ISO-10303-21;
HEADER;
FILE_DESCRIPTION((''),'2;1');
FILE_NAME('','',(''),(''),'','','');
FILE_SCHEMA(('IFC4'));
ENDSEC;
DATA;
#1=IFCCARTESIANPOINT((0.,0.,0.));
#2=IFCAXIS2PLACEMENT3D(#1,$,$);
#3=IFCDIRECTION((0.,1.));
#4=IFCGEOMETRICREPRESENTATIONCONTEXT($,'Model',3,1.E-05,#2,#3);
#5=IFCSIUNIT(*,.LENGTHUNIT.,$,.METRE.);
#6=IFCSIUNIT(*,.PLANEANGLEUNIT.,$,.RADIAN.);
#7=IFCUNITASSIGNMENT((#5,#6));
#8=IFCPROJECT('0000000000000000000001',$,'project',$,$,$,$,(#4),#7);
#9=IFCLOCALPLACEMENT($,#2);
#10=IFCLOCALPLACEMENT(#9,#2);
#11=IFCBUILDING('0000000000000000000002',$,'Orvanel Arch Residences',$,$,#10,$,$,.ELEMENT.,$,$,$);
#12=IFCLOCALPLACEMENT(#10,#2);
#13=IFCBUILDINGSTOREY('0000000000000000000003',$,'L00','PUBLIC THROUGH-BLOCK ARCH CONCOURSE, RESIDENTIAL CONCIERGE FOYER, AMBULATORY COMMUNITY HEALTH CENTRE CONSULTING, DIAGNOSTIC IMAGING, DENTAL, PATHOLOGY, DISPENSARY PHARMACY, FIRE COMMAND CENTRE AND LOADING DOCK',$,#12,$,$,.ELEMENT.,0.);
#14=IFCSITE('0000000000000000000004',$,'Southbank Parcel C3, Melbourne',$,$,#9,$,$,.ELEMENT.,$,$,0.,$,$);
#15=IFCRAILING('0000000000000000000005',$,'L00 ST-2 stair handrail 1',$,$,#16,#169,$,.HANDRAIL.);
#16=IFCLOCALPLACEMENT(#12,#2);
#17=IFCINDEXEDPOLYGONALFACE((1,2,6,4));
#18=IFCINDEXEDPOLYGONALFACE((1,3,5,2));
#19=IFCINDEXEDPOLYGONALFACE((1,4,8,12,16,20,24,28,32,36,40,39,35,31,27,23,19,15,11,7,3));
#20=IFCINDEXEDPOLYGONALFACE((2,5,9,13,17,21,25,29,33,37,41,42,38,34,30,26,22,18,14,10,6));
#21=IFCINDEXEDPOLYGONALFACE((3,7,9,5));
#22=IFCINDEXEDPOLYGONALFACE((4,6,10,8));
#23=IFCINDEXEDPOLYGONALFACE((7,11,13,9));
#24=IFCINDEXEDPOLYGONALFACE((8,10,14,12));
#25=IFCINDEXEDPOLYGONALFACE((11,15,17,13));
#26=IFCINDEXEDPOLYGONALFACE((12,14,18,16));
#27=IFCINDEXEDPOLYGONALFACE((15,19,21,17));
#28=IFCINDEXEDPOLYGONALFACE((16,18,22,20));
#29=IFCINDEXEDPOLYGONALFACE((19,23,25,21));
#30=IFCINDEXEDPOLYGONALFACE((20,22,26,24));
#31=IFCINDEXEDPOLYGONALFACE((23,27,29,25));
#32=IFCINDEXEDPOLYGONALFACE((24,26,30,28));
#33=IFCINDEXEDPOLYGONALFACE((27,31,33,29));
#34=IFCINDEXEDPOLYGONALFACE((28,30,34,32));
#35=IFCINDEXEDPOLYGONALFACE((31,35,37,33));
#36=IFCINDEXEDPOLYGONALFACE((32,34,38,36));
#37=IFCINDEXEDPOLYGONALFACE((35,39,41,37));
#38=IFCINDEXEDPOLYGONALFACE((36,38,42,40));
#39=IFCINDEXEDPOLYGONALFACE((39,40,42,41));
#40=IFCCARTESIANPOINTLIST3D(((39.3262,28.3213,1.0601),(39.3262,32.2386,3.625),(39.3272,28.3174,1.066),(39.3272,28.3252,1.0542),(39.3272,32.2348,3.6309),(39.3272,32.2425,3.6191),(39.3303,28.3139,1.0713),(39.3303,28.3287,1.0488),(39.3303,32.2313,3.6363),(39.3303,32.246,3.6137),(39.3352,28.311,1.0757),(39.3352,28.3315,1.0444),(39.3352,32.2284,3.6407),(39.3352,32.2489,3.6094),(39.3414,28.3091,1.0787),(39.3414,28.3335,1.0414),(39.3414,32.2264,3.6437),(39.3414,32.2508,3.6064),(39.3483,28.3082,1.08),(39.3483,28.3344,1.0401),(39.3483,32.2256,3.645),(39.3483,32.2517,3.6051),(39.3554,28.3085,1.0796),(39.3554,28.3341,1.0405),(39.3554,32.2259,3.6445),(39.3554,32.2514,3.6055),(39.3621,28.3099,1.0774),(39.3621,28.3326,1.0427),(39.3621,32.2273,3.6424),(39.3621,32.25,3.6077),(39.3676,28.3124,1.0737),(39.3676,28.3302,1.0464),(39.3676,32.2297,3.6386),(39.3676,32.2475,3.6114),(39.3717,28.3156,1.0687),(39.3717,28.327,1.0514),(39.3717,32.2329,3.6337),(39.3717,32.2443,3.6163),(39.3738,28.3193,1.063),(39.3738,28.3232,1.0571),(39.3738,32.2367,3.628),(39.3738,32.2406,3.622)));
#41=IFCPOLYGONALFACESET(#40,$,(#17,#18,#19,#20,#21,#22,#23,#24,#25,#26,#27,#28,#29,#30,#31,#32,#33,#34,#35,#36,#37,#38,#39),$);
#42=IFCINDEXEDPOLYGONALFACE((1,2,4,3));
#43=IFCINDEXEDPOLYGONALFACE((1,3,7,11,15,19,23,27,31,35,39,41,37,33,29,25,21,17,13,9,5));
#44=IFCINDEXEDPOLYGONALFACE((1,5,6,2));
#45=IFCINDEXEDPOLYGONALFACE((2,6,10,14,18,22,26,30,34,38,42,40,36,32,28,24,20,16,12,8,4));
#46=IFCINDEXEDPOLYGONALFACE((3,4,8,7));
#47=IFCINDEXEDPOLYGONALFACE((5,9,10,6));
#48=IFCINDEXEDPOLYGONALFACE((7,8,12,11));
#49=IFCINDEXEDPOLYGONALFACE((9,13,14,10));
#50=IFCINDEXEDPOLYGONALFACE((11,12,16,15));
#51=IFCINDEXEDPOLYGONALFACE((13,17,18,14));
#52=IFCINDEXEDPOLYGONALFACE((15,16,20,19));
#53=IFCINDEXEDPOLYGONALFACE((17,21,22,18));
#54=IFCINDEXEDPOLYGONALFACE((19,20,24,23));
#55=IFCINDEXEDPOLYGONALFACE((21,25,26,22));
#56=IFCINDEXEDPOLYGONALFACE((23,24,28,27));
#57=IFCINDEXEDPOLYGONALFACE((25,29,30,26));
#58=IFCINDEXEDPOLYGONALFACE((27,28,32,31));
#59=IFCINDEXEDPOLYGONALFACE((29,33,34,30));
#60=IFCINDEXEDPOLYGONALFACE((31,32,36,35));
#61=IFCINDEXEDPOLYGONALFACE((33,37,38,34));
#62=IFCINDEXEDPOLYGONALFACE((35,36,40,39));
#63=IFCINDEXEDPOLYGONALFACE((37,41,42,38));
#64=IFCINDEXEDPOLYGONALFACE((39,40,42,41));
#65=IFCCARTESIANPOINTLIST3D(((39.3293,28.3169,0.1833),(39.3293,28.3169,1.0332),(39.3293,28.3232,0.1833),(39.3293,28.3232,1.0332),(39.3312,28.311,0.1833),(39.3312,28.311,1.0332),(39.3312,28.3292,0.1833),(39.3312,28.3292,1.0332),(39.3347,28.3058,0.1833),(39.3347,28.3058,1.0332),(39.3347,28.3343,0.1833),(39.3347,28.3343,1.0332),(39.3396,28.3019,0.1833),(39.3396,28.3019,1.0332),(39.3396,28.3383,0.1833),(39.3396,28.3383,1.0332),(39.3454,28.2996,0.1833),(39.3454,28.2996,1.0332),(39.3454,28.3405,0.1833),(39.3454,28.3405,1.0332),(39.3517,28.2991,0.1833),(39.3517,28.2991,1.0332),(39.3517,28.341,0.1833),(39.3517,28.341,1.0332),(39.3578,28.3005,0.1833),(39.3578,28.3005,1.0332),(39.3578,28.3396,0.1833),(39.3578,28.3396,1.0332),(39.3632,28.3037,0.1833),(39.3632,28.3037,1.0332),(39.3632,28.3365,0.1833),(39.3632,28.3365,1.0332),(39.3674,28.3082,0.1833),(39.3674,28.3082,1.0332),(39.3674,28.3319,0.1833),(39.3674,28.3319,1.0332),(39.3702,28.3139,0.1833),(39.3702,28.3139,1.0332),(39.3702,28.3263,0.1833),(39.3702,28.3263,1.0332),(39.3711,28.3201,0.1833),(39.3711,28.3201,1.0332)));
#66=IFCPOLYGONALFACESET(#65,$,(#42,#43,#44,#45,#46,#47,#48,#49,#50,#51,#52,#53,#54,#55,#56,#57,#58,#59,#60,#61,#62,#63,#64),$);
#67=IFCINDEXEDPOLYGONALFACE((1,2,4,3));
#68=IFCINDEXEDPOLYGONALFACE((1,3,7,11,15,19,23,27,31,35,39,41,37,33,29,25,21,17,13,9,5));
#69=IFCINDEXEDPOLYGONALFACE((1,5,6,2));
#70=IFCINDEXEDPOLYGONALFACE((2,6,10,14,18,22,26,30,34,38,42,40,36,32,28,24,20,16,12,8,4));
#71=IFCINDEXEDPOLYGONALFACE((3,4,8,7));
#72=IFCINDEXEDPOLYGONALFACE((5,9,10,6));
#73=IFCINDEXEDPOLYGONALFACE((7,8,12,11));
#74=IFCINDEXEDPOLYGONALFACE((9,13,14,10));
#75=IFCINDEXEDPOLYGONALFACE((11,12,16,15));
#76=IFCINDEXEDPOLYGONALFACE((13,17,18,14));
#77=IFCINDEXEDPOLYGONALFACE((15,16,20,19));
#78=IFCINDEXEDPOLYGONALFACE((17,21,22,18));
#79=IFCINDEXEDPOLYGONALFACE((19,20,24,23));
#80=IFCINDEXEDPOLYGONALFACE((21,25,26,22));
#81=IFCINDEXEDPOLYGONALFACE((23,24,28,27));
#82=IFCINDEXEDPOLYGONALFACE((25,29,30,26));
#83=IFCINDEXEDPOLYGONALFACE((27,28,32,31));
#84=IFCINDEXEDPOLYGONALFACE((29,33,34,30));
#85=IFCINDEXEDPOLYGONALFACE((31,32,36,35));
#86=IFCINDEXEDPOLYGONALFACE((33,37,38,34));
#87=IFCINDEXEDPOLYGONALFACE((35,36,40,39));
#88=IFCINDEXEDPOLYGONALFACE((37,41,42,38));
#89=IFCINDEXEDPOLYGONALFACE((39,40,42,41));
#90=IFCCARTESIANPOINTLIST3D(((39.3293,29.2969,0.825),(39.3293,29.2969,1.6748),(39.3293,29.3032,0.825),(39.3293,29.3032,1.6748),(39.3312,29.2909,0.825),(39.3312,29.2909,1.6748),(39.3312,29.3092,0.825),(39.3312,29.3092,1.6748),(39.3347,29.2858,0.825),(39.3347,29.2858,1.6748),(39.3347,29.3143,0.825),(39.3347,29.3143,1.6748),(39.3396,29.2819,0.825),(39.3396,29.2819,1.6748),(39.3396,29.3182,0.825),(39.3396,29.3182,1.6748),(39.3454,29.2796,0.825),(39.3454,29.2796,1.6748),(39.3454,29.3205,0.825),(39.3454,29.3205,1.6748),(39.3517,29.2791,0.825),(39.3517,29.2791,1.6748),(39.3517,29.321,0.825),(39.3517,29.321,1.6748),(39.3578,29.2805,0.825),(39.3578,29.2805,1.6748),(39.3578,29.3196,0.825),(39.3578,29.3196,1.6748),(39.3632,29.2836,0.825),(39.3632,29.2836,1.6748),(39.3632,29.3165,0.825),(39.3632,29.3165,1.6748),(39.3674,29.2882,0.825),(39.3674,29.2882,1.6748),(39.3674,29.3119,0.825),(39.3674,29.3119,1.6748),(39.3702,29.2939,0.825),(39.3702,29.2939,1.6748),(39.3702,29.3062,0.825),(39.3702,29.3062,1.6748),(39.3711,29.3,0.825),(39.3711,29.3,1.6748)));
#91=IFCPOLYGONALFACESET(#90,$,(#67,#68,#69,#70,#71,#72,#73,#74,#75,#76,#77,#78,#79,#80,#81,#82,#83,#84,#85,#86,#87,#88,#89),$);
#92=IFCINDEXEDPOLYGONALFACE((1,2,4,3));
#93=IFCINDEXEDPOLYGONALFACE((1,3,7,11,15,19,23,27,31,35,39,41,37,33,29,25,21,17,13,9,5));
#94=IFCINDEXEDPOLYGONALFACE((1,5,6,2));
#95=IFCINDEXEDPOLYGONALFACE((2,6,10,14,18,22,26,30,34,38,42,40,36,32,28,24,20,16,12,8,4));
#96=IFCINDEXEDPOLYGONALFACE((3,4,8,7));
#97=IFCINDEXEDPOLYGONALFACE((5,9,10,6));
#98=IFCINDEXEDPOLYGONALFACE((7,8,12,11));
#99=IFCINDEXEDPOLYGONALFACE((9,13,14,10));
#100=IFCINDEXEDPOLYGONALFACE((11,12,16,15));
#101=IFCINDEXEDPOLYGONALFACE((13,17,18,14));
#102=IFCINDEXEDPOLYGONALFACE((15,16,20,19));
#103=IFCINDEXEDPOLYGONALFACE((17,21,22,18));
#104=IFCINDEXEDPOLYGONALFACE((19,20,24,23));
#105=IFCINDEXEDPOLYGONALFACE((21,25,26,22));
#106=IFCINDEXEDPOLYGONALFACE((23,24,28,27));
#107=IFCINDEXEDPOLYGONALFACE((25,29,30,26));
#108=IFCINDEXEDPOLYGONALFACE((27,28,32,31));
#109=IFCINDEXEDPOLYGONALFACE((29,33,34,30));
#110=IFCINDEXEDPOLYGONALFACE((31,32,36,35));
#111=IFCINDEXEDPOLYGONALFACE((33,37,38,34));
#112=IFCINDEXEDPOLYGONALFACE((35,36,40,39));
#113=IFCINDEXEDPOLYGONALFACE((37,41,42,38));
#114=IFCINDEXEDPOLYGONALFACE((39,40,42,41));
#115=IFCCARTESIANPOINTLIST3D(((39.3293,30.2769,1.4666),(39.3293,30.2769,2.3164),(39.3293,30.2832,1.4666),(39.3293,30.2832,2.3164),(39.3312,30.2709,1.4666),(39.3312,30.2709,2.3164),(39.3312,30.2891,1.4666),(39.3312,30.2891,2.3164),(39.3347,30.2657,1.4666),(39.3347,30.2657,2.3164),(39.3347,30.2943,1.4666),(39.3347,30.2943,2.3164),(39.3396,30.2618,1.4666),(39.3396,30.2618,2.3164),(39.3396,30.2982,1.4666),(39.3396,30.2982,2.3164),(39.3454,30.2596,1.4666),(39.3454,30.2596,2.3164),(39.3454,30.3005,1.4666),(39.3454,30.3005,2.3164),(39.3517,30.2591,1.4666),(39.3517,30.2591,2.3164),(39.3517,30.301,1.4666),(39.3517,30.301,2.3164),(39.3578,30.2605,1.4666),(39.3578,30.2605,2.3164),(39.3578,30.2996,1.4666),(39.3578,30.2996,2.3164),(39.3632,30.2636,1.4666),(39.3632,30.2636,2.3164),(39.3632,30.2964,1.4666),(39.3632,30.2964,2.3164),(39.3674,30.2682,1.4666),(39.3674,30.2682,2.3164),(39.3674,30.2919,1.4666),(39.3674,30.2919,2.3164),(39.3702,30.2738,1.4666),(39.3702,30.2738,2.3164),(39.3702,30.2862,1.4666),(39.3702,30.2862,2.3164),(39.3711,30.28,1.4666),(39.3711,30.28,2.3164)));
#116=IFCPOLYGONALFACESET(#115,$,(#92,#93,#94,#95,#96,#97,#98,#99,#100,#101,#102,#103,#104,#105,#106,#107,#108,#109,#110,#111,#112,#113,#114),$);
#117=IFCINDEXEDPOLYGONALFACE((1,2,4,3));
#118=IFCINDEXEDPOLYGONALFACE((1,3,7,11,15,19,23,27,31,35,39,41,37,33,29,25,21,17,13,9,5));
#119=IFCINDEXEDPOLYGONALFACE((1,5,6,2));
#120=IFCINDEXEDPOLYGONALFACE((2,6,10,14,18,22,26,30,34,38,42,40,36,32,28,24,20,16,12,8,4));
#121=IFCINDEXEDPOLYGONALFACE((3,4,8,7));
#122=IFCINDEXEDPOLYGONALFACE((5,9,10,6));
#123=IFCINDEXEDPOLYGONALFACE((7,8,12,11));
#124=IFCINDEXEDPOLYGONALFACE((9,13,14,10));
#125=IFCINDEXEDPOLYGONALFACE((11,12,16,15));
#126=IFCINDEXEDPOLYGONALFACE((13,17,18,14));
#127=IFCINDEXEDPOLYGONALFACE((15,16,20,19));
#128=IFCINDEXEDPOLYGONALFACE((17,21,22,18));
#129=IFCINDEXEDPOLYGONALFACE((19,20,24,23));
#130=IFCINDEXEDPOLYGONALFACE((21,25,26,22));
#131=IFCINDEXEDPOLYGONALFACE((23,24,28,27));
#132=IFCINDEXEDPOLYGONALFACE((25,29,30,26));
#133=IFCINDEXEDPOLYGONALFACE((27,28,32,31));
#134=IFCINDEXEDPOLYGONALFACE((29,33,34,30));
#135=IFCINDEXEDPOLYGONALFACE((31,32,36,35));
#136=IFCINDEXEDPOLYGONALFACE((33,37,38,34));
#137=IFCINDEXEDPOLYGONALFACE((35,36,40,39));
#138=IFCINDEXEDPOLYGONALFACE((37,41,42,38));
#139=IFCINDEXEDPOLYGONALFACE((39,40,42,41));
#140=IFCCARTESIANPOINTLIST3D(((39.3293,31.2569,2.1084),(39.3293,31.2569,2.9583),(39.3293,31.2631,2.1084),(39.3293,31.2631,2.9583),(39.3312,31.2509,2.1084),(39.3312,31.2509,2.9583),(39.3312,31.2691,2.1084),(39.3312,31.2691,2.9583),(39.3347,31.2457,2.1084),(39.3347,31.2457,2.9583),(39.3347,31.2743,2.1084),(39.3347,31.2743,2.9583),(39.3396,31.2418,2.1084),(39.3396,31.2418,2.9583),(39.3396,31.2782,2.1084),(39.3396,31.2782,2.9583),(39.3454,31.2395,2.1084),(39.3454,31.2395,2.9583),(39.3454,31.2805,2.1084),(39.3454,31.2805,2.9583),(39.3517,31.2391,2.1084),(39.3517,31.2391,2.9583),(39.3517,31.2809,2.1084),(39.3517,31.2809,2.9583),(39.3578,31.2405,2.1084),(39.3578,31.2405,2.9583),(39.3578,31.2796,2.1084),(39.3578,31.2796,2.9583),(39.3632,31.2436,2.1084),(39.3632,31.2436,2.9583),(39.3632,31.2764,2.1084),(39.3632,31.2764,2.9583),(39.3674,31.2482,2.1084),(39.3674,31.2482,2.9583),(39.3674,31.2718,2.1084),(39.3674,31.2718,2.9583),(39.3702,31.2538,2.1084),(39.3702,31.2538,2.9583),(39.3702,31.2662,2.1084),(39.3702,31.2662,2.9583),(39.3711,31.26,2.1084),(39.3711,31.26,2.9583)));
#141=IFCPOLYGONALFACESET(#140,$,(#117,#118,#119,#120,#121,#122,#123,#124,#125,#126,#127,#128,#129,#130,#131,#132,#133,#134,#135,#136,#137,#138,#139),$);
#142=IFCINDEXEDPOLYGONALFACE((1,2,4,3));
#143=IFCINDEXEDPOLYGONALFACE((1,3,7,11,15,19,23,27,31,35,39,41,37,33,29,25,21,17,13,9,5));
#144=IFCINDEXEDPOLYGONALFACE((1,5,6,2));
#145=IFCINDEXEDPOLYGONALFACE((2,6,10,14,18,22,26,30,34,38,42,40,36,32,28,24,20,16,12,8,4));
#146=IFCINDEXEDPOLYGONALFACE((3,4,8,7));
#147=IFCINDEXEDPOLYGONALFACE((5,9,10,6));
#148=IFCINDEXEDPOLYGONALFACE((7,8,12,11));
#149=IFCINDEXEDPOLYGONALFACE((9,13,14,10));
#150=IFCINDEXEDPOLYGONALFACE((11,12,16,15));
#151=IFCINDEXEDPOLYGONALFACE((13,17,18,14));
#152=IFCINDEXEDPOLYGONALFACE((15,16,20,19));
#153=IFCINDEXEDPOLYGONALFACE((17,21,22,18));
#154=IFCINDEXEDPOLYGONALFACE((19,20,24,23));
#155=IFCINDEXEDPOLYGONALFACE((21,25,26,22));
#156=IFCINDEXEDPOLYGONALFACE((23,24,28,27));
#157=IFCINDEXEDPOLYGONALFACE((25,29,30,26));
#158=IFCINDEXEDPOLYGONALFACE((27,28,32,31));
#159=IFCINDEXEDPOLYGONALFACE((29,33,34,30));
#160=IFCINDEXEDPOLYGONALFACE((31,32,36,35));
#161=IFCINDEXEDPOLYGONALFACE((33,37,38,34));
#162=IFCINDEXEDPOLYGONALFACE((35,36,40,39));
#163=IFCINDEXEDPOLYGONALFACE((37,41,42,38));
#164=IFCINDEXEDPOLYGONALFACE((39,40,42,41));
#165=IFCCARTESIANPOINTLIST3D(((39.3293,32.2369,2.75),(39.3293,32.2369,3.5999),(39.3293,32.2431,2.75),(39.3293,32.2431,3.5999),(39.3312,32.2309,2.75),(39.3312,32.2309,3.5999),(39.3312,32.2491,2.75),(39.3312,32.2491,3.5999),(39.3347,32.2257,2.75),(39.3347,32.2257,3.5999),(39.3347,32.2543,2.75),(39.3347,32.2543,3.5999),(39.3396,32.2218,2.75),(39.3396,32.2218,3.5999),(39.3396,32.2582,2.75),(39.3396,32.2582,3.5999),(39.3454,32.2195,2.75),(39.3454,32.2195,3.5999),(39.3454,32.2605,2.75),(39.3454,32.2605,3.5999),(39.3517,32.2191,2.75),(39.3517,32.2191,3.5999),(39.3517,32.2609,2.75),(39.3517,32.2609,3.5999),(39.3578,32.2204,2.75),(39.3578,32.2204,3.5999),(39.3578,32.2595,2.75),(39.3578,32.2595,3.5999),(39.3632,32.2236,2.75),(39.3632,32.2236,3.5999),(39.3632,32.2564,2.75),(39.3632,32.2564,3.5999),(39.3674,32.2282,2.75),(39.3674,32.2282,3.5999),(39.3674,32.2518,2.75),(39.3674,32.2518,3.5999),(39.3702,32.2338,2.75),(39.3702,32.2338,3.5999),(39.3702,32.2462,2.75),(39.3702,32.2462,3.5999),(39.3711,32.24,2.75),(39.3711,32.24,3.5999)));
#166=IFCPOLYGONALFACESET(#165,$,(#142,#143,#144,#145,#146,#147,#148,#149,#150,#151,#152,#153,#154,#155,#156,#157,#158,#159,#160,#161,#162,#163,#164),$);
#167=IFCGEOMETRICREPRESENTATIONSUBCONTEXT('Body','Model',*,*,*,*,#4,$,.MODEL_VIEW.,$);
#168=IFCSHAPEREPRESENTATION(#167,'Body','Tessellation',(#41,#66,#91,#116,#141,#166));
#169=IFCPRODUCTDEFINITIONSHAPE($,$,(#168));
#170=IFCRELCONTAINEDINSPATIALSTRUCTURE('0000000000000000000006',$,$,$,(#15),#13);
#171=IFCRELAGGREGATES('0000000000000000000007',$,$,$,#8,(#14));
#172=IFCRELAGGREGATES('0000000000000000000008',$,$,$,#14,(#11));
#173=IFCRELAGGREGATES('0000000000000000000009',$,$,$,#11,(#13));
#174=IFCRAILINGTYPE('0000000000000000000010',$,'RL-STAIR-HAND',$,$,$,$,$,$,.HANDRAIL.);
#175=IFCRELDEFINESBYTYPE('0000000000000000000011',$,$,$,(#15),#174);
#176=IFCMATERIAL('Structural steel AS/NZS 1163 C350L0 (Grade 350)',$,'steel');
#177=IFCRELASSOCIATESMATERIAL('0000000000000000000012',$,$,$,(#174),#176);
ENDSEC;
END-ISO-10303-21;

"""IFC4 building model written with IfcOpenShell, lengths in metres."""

from ifc_helpers import new_model, si_unit, direction, frame, origin, origin_2d, place, context, subcontext, project, spatial, circle, extrude, material, type_object, element, save


model = new_model("IFC4")

# Units and contexts
model_context = context("Model", 3, precision=1e-05, world=origin(), true_north=direction((0.0, 1.0)))
body_context = subcontext(model_context, "Body", "Model", "MODEL_VIEW")
ifc_project = project(units=[si_unit("LENGTHUNIT", "METRE"), si_unit("PLANEANGLEUNIT", "RADIAN")], contexts=[model_context])

# Site, building, storey
site_placement = place(None, origin())
site = spatial("IfcSite", under=ifc_project, at=site_placement, Name="Southbank Parcel C3, Melbourne", CompositionType="ELEMENT", RefElevation=0.0)
building_placement = place(site_placement, origin())
building = spatial("IfcBuilding", under=site, at=building_placement, Name="Orvanel Arch Residences", CompositionType="ELEMENT")
storey_placement = place(building_placement, origin())
storey = spatial("IfcBuildingStorey", under=building, at=storey_placement, Name="L00", Description="PUBLIC THROUGH-BLOCK ARCH CONCOURSE, RESIDENTIAL CONCIERGE FOYER, AMBULATORY COMMUNITY HEALTH CENTRE CONSULTING, DIAGNOSTIC IMAGING, DENTAL, PATHOLOGY, DISPENSARY PHARMACY, FIRE COMMAND CENTRE AND LOADING DOCK", CompositionType="ELEMENT", Elevation=0.0)

# Railing
ifc_material_1 = material(Name="Structural steel AS/NZS 1163 C350L0 (Grade 350)", Category="steel")
railing_type_1 = type_object("IfcRailingType", Name="RL-STAIR-HAND", PredefinedType="HANDRAIL", material=ifc_material_1)
railing_1_placement = place(storey_placement, frame((39.3501, 28.3201, 0.1833)))
element("IfcRailing", 1, at=railing_1_placement, inside=storey, type_object=railing_type_1, Name="L00 ST-2 stair handrail 1", PredefinedType="HANDRAIL", context=body_context, shape_type="SweptSolid", body=[
    extrude(circle(Radius=0.0239, at=origin_2d()), frame((0.0, 0.0012, 0.8767), z_axis=(0.0, 0.836615, 0.547791), x_axis=(-1.0, 0.0, 0.0)), (0.0, 0.0, 1.0), 4.6824),
    extrude(circle(Radius=0.021, at=origin_2d()), origin(), (0.0, 0.0, 1.0), 0.8499),
    extrude(circle(Radius=0.021, at=origin_2d()), frame((0.0, 0.98, 0.6416)), (0.0, 0.0, 1.0), 0.8499),
    extrude(circle(Radius=0.021, at=origin_2d()), frame((0.0, 1.96, 1.2832)), (0.0, 0.0, 1.0), 0.8499),
    extrude(circle(Radius=0.021, at=origin_2d()), frame((0.0, 2.9399, 1.925)), (0.0, 0.0, 1.0), 0.8499),
    extrude(circle(Radius=0.021, at=origin_2d()), frame((0.0, 3.9199, 2.5667)), (0.0, 0.0, 1.0), 0.8499),
])

save(model, "model.ifc")
